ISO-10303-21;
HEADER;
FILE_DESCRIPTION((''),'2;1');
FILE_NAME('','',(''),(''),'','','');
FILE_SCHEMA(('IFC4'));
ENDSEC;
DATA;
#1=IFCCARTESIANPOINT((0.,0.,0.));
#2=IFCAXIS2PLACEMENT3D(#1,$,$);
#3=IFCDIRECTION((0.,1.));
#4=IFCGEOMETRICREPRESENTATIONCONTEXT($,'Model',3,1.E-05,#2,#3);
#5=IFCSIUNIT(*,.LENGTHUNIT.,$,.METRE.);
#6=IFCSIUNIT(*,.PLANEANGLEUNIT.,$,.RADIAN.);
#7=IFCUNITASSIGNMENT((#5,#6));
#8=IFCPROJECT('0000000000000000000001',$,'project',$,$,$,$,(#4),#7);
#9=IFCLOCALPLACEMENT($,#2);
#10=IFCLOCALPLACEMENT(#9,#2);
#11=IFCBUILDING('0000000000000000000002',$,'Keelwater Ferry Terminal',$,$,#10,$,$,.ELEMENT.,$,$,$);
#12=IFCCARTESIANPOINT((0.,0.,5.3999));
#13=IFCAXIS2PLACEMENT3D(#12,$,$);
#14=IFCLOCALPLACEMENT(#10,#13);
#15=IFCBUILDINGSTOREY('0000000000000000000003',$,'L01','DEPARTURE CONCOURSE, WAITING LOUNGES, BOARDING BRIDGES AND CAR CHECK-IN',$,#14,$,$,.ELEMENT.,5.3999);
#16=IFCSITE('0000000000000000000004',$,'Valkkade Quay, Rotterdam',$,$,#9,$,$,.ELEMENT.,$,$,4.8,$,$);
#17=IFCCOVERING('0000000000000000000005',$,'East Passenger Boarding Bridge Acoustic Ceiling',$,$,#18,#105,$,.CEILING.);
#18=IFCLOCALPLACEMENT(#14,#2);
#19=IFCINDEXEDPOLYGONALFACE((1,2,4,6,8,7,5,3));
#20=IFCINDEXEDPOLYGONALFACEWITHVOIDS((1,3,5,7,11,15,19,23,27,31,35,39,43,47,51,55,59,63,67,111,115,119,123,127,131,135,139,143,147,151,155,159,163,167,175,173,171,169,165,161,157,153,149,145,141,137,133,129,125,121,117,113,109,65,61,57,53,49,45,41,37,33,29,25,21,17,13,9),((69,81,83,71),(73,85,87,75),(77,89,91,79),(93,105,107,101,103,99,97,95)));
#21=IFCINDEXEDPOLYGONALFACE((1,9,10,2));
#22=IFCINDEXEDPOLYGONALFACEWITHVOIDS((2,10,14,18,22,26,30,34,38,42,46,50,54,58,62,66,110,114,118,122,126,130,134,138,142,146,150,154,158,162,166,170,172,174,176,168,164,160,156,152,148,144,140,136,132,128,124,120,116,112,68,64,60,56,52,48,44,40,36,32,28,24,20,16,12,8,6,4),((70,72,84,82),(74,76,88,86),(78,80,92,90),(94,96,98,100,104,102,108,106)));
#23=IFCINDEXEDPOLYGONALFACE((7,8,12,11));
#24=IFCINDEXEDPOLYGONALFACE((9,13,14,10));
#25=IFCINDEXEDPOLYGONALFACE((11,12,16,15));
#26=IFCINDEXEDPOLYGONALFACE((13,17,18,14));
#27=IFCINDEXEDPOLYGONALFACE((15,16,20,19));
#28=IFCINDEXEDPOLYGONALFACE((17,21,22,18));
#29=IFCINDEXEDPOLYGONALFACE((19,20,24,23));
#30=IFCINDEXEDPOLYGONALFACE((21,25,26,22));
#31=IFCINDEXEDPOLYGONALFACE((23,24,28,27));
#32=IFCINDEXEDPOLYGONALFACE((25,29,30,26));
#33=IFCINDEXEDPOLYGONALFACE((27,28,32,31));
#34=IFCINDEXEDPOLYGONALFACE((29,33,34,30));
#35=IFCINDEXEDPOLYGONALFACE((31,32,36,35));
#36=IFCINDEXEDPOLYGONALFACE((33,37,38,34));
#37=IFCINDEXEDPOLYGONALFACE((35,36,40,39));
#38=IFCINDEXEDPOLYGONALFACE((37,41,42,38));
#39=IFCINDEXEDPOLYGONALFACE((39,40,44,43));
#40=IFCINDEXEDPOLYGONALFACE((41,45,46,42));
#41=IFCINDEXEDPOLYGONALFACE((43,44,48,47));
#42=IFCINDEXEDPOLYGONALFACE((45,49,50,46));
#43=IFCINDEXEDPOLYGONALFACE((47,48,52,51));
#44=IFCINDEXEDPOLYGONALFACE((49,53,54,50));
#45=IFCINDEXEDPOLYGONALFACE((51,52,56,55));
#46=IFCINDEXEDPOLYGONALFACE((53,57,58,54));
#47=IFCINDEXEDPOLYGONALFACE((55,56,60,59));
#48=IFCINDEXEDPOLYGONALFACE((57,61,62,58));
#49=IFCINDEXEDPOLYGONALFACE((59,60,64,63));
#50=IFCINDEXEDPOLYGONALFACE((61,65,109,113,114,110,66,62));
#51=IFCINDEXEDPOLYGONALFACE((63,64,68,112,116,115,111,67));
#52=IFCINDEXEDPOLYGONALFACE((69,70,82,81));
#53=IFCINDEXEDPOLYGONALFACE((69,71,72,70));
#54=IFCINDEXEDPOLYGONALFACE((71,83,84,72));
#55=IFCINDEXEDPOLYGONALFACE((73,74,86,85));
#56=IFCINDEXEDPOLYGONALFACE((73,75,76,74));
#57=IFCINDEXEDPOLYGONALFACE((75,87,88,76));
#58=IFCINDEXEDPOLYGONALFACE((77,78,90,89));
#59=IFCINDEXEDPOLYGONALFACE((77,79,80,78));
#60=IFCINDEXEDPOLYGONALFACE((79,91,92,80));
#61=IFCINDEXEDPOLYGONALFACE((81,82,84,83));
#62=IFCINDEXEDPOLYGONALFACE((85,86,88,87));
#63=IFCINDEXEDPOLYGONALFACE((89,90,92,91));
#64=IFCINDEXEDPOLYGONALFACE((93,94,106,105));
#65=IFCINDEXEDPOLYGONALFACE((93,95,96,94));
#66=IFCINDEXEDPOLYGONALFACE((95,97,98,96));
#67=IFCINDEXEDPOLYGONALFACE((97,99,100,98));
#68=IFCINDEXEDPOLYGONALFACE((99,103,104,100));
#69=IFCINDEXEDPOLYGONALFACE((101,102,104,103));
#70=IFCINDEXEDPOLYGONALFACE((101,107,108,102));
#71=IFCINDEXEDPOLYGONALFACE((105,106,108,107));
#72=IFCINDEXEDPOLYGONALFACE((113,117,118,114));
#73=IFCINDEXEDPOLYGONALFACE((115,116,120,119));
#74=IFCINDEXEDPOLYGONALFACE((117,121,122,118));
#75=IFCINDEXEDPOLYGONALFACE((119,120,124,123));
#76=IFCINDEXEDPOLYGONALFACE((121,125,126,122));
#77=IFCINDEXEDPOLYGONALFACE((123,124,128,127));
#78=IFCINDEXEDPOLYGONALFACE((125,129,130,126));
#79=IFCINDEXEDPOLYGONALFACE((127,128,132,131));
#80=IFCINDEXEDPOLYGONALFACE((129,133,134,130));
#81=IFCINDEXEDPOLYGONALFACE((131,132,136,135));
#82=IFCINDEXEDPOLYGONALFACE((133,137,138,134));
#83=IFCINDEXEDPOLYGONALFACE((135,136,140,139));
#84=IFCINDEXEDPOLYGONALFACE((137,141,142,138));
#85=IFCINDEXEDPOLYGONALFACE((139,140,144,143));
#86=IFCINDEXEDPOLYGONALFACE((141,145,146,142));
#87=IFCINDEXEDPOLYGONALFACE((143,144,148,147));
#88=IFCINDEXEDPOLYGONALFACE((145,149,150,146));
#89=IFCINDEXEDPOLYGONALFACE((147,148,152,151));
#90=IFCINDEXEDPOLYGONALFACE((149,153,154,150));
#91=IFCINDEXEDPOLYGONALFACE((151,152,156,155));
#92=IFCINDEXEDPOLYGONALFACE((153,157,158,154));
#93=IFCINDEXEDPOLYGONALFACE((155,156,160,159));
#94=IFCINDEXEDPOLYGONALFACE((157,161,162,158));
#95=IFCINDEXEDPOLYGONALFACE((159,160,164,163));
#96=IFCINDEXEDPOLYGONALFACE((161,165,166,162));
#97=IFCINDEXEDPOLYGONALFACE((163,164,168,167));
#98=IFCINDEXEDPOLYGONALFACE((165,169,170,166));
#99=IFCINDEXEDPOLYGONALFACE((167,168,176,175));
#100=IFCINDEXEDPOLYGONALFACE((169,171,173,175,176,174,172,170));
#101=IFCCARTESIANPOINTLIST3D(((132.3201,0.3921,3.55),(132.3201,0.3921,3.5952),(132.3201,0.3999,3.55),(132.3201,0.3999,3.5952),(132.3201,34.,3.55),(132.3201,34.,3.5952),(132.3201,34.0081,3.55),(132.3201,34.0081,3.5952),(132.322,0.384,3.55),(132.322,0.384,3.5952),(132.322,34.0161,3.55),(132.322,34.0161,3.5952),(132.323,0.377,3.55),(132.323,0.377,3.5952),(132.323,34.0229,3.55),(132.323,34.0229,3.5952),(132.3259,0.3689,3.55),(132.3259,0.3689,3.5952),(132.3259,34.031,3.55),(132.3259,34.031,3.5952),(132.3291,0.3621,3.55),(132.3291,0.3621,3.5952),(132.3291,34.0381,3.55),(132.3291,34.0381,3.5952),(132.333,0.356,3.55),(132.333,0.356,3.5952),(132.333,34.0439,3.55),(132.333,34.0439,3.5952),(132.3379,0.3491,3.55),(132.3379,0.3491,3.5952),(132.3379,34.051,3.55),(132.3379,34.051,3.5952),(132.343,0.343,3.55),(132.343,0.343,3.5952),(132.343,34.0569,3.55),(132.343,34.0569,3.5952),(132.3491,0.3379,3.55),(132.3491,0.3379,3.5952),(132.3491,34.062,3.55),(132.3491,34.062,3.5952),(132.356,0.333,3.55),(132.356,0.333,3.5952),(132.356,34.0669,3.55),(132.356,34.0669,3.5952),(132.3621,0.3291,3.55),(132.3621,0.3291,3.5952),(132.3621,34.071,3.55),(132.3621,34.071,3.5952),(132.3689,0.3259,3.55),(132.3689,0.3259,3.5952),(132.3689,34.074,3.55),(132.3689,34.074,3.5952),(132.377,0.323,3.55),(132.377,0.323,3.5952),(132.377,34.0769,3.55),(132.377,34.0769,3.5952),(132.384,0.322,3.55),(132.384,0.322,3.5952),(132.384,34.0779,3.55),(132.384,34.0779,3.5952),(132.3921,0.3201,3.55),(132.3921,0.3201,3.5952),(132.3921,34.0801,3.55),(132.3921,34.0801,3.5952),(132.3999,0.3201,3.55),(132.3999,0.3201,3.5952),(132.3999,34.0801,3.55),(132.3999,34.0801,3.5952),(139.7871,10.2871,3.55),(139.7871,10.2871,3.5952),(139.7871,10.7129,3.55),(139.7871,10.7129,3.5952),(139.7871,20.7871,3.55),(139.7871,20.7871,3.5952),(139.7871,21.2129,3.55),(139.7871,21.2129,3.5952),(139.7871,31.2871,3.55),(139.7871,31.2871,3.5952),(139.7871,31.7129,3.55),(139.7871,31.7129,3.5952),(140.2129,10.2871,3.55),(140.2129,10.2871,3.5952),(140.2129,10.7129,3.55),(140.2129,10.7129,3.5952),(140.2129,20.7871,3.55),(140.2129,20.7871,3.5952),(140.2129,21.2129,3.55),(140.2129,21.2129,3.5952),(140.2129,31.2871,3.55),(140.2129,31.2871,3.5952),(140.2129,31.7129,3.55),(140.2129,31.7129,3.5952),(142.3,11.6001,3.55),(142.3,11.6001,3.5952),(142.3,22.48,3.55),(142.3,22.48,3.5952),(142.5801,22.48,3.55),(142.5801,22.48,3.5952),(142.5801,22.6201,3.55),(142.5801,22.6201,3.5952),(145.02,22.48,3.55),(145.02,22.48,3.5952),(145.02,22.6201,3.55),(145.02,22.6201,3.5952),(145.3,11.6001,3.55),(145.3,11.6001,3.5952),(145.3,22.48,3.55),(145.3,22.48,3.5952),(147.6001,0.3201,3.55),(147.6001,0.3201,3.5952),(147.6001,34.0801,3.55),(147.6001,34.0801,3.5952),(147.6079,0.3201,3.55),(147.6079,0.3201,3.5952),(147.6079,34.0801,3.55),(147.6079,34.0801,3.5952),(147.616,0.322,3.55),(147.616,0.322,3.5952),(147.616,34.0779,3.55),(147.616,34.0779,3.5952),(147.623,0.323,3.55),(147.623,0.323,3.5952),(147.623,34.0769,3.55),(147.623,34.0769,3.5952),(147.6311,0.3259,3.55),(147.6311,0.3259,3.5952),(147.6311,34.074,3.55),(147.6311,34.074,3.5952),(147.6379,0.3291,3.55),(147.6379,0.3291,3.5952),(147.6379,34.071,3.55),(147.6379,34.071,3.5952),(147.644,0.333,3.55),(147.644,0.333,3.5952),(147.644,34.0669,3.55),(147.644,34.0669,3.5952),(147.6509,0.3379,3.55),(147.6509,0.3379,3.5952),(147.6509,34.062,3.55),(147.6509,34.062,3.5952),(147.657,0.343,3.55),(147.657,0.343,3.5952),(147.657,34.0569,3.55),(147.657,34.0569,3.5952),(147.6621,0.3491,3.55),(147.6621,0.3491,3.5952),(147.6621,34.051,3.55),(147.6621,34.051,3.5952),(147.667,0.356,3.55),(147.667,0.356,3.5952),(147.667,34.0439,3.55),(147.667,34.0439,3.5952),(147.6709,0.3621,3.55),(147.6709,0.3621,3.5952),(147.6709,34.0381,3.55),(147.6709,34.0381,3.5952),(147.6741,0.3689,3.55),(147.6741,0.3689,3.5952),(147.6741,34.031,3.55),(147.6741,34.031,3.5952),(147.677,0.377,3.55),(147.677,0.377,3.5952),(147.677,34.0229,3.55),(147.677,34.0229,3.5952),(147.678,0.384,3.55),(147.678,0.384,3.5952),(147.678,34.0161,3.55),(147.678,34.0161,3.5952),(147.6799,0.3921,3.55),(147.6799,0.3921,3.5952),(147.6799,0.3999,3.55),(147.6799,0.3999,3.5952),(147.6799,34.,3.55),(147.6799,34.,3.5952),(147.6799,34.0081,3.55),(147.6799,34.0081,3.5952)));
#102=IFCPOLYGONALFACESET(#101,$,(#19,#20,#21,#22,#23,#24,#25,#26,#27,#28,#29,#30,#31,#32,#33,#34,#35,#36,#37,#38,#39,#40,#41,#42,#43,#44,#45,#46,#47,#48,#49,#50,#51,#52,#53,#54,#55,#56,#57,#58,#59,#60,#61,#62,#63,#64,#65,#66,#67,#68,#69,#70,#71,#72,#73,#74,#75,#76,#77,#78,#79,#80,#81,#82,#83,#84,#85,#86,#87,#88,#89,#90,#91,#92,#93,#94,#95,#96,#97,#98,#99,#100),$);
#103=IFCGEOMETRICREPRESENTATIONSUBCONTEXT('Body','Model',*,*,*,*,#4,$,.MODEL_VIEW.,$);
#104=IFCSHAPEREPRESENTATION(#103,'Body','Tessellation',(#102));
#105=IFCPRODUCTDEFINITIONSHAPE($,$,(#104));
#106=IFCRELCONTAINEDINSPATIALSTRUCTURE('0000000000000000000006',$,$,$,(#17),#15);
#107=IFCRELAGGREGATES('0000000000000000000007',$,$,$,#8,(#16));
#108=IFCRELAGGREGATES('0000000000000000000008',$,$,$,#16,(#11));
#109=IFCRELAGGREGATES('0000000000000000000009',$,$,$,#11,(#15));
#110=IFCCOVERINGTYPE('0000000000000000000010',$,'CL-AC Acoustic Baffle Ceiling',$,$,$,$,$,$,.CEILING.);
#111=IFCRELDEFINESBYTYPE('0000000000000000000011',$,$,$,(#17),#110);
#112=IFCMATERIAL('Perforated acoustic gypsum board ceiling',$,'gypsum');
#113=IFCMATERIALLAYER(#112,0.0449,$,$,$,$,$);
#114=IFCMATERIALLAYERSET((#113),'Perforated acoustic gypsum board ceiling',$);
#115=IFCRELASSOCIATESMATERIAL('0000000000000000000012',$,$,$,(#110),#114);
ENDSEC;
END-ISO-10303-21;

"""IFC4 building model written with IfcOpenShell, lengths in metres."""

from ifc_helpers import new_model, si_unit, direction, frame, origin, place, context, subcontext, project, spatial, polyline, outline, extrude, material, layer, layer_set, type_object, element, save


model = new_model("IFC4")

# Units and contexts
model_context = context("Model", 3, precision=1e-05, world=origin(), true_north=direction((0.0, 1.0)))
body_context = subcontext(model_context, "Body", "Model", "MODEL_VIEW")
ifc_project = project(units=[si_unit("LENGTHUNIT", "METRE"), si_unit("PLANEANGLEUNIT", "RADIAN")], contexts=[model_context])

# Site, building, storey
site_placement = place(None, origin())
site = spatial("IfcSite", under=ifc_project, at=site_placement, Name="Valkkade Quay, Rotterdam", CompositionType="ELEMENT", RefElevation=4.8)
building_placement = place(site_placement, origin())
building = spatial("IfcBuilding", under=site, at=building_placement, Name="Keelwater Ferry Terminal", CompositionType="ELEMENT")
storey_placement = place(building_placement, frame((0.0, 0.0, 5.3999)))
storey = spatial("IfcBuildingStorey", under=building, at=storey_placement, Name="L01", Description="DEPARTURE CONCOURSE, WAITING LOUNGES, BOARDING BRIDGES AND CAR CHECK-IN", CompositionType="ELEMENT", Elevation=5.3999)

# Covering
ifc_material_1 = material(Name="Perforated acoustic gypsum board ceiling", Category="gypsum")
ifc_layer_1 = layer(ifc_material_1, 0.0449)
ifc_layer_set_1 = layer_set([ifc_layer_1], Name="Perforated acoustic gypsum board ceiling")
covering_type_1 = type_object("IfcCoveringType", Name="CL-AC Acoustic Baffle Ceiling", PredefinedType="CEILING", material=ifc_layer_set_1)
covering_1_placement = place(storey_placement, frame((0.0, 0.0, 3.55)))
element("IfcCovering", 1, at=covering_1_placement, inside=storey, type_object=covering_type_1, Name="East Passenger Boarding Bridge Acoustic Ceiling", PredefinedType="CEILING", context=body_context, shape_type="SweptSolid", body=[
    extrude(outline(polyline([(147.616, 34.0779), (147.623, 34.0769), (147.6311, 34.074), (147.6379, 34.071), (147.644, 34.0669), (147.6509, 34.062), (147.657, 34.0569), (147.6621, 34.051), (147.667, 34.0439), (147.6709, 34.0381), (147.6741, 34.031), (147.677, 34.0229), (147.678, 34.0161), (147.6799, 34.0081), (147.6799, 34.0), (147.6799, 0.3999), (147.6799, 0.3921), (147.678, 0.384), (147.677, 0.377), (147.6741, 0.3689), (147.6709, 0.3621), (147.667, 0.356), (147.6621, 0.3491), (147.657, 0.343), (147.6509, 0.3379), (147.644, 0.333), (147.6379, 0.3291), (147.6311, 0.3259), (147.623, 0.323), (147.616, 0.322), (147.6079, 0.3201), (147.6001, 0.3201), (132.3999, 0.3201), (132.3921, 0.3201), (132.384, 0.322), (132.377, 0.323), (132.3689, 0.3259), (132.3621, 0.3291), (132.356, 0.333), (132.3491, 0.3379), (132.343, 0.343), (132.3379, 0.3491), (132.333, 0.356), (132.3291, 0.3621), (132.3259, 0.3689), (132.323, 0.377), (132.322, 0.384), (132.3201, 0.3921), (132.3201, 0.3999), (132.3201, 34.0), (132.3201, 34.0081), (132.322, 34.0161), (132.323, 34.0229), (132.3259, 34.031), (132.3291, 34.0381), (132.333, 34.0439), (132.3379, 34.051), (132.343, 34.0569), (132.3491, 34.062), (132.356, 34.0669), (132.3621, 34.071), (132.3689, 34.074), (132.377, 34.0769), (132.384, 34.0779), (132.3921, 34.0801), (132.3999, 34.0801), (147.6001, 34.0801), (147.6079, 34.0801), (147.616, 34.0779)]), holes=[polyline([(142.5801, 22.6201), (142.5801, 22.48), (142.3, 22.48), (142.3, 11.6001), (145.3, 11.6001), (145.3, 22.48), (145.02, 22.48), (145.02, 22.6201), (142.5801, 22.6201)]), polyline([(139.7871, 10.7129), (139.7871, 10.2871), (140.2129, 10.2871), (140.2129, 10.7129), (139.7871, 10.7129)]), polyline([(139.7871, 21.2129), (139.7871, 20.7871), (140.2129, 20.7871), (140.2129, 21.2129), (139.7871, 21.2129)]), polyline([(139.7871, 31.7129), (139.7871, 31.2871), (140.2129, 31.2871), (140.2129, 31.7129), (139.7871, 31.7129)])]), origin(), (0.0, 0.0, 1.0), 0.0452),
])

save(model, "model.ifc")
